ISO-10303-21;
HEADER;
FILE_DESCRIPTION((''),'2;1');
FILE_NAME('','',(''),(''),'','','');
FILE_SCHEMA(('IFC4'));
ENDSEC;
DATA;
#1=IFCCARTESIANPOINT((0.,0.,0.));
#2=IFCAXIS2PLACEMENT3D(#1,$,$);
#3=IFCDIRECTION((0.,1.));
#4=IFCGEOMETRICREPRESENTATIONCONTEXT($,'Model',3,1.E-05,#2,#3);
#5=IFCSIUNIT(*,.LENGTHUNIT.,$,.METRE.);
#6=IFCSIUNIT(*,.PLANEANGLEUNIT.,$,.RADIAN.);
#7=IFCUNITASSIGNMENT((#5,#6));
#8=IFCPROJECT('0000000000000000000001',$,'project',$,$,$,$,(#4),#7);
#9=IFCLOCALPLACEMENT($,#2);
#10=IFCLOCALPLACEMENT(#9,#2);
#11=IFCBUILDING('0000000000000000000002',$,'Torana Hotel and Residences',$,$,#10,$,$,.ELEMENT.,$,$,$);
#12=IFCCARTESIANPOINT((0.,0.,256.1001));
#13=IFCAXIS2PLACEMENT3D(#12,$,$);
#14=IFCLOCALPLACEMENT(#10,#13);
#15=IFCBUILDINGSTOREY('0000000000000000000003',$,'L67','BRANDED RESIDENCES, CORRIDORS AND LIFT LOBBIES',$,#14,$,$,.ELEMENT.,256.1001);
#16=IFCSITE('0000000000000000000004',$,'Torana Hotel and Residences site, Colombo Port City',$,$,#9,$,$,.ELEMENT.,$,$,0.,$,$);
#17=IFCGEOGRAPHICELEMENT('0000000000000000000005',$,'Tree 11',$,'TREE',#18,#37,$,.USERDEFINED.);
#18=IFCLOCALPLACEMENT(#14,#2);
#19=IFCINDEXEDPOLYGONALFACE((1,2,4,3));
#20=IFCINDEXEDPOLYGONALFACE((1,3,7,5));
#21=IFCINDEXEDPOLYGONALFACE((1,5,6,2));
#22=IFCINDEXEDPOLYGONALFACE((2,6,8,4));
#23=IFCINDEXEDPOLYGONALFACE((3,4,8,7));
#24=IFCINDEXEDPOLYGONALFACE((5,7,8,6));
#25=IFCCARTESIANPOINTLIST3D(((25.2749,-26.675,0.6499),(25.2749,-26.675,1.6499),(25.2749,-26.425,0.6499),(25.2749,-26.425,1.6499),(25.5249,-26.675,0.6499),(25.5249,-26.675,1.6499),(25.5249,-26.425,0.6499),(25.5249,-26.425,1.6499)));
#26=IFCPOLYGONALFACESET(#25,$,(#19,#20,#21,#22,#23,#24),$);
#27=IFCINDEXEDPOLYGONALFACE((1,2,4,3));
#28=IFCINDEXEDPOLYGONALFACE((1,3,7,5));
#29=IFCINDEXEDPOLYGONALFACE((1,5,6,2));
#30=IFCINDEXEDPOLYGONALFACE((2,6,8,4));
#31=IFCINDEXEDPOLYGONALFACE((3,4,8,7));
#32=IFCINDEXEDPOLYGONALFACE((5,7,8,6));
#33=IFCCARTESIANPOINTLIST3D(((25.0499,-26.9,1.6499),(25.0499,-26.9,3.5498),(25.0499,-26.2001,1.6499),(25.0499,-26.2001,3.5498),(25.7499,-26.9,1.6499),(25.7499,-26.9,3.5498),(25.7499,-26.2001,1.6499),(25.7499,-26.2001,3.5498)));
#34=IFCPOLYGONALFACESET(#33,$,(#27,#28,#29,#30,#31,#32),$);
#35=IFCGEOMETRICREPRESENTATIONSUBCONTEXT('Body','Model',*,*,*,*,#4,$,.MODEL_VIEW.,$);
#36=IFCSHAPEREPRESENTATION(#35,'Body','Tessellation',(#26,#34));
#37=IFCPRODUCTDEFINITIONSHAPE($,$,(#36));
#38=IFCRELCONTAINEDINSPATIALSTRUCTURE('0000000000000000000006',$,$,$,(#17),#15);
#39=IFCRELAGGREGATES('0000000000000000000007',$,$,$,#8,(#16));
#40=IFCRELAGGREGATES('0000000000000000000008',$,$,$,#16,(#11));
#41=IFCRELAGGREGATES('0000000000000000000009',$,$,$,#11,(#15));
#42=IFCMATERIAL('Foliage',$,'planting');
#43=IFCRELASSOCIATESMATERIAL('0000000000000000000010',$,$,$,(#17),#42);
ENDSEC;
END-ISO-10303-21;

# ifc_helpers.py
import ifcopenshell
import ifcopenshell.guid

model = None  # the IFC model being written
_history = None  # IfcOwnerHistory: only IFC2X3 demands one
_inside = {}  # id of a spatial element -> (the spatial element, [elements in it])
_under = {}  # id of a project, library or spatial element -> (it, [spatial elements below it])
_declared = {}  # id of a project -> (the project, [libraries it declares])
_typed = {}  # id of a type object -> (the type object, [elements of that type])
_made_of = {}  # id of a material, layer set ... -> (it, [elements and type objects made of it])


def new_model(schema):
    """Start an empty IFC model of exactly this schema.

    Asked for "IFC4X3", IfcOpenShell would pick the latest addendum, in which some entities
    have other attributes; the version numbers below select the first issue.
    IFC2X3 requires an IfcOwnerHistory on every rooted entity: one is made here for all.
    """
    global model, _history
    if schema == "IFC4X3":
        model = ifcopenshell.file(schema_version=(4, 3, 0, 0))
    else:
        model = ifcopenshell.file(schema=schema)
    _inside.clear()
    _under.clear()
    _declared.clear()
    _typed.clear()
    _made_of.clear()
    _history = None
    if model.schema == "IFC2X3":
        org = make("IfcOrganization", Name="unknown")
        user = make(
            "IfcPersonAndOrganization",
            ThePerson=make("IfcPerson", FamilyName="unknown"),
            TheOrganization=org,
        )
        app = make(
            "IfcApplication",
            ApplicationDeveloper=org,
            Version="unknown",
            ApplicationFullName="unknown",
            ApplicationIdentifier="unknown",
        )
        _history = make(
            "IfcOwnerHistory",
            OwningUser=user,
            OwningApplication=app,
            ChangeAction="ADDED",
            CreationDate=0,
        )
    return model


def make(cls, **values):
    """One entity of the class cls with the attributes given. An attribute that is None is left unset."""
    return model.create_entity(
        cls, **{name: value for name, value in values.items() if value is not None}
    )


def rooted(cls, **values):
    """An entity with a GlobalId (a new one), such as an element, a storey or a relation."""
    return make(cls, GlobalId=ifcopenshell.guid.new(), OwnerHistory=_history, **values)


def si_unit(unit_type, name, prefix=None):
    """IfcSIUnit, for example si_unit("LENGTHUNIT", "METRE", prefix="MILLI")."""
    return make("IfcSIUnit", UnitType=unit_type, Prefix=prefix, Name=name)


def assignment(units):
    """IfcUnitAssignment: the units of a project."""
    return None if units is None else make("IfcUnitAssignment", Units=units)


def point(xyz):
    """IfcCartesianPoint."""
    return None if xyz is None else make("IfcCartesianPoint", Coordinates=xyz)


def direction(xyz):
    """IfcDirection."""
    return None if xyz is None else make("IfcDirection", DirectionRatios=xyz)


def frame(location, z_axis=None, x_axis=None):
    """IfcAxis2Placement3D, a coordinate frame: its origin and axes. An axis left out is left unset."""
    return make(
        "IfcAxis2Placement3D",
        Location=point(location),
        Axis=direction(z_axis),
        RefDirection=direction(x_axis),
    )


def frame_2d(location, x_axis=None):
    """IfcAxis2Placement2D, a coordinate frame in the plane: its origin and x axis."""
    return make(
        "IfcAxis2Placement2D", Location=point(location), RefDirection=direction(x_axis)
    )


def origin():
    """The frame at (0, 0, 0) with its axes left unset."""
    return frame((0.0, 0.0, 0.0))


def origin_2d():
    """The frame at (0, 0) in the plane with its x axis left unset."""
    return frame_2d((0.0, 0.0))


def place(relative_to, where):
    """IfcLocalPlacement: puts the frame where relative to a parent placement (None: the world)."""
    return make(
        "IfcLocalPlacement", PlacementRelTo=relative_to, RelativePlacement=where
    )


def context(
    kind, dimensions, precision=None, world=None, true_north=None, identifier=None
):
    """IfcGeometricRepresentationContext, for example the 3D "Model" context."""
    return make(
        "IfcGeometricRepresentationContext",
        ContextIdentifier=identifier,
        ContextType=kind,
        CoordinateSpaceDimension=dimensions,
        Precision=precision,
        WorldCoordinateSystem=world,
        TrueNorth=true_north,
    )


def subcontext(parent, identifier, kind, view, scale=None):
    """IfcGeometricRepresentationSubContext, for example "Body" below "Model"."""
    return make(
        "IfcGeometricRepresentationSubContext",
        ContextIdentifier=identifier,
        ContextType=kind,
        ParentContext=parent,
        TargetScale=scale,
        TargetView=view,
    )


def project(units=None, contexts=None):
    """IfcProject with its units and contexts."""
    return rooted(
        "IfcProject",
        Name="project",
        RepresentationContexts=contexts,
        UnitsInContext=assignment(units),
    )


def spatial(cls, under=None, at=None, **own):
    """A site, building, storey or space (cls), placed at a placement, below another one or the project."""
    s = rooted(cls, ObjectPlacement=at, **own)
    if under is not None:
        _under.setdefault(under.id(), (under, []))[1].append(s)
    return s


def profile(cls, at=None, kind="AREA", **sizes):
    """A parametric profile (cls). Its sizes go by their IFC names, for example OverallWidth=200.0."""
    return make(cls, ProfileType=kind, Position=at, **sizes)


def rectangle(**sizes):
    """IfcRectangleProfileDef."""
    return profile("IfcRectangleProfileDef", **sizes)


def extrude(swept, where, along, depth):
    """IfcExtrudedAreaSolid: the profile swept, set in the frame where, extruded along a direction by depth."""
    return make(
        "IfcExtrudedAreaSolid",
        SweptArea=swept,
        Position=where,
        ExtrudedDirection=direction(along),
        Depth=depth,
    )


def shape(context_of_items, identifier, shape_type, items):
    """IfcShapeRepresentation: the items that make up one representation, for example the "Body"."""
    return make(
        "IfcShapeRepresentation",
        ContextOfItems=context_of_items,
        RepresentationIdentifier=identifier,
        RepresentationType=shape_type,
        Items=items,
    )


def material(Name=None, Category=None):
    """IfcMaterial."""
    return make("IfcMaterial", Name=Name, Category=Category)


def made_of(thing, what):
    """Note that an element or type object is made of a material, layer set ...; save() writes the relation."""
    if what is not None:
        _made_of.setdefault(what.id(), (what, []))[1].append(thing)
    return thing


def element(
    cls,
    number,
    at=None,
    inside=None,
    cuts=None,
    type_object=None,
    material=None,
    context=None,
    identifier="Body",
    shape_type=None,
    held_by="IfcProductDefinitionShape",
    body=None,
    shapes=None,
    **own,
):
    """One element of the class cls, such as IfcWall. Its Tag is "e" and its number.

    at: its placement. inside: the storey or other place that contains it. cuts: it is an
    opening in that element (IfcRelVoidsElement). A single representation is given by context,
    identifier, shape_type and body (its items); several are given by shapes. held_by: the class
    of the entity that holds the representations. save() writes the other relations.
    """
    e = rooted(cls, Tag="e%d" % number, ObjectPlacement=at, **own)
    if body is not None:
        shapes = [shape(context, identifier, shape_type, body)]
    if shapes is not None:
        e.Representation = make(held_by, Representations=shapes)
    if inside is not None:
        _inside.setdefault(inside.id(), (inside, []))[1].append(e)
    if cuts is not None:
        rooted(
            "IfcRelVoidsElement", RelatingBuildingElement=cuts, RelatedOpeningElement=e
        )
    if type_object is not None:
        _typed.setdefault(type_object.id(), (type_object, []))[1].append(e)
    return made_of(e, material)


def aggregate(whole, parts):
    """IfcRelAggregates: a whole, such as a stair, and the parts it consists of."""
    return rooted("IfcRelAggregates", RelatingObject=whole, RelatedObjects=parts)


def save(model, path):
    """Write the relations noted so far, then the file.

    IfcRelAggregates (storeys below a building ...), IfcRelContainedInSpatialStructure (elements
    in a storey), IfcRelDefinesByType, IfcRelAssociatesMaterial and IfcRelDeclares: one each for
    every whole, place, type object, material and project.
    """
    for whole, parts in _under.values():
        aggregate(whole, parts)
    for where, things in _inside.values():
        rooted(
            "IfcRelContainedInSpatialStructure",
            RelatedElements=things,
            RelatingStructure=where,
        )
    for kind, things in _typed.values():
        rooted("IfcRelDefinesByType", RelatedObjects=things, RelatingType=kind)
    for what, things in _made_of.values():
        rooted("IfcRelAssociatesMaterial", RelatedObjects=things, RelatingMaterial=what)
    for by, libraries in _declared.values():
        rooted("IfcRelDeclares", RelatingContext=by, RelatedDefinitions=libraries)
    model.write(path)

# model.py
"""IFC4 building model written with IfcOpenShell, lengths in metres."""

from ifc_helpers import new_model, si_unit, direction, frame, origin, origin_2d, place, context, subcontext, project, spatial, rectangle, extrude, material, element, save


model = new_model("IFC4")

# Units and contexts
model_context = context("Model", 3, precision=1e-05, world=origin(), true_north=direction((0.0, 1.0)))
body_context = subcontext(model_context, "Body", "Model", "MODEL_VIEW")
ifc_project = project(units=[si_unit("LENGTHUNIT", "METRE"), si_unit("PLANEANGLEUNIT", "RADIAN")], contexts=[model_context])

# Site, building, storey
site_placement = place(None, origin())
site = spatial("IfcSite", under=ifc_project, at=site_placement, Name="Torana Hotel and Residences site, Colombo Port City", CompositionType="ELEMENT", RefElevation=0.0)
building_placement = place(site_placement, origin())
building = spatial("IfcBuilding", under=site, at=building_placement, Name="Torana Hotel and Residences", CompositionType="ELEMENT")
storey_placement = place(building_placement, frame((0.0, 0.0, 256.1001)))
storey = spatial("IfcBuildingStorey", under=building, at=storey_placement, Name="L67", Description="BRANDED RESIDENCES, CORRIDORS AND LIFT LOBBIES", CompositionType="ELEMENT", Elevation=256.1001)

# Geographic element
ifc_material_1 = material(Name="Foliage", Category="planting")
geographic_element_placement = place(storey_placement, frame((25.3999, -26.55, 0.6499), z_axis=(0.0, 0.0, 1.0), x_axis=(1.0, 0.0, 0.0)))
element("IfcGeographicElement", 1, at=geographic_element_placement, inside=storey, material=ifc_material_1, Name="Tree 11", ObjectType="TREE", PredefinedType="USERDEFINED", context=body_context, shape_type="SweptSolid", body=[
    extrude(rectangle(XDim=0.25, YDim=0.25, at=origin_2d()), origin(), (0.0, 0.0, 1.0), 1.0),
    extrude(rectangle(XDim=0.7, YDim=0.7, at=origin_2d()), frame((0.0, 0.0, 1.0)), (0.0, 0.0, 1.0), 1.8999),
])

save(model, "model.ifc")
